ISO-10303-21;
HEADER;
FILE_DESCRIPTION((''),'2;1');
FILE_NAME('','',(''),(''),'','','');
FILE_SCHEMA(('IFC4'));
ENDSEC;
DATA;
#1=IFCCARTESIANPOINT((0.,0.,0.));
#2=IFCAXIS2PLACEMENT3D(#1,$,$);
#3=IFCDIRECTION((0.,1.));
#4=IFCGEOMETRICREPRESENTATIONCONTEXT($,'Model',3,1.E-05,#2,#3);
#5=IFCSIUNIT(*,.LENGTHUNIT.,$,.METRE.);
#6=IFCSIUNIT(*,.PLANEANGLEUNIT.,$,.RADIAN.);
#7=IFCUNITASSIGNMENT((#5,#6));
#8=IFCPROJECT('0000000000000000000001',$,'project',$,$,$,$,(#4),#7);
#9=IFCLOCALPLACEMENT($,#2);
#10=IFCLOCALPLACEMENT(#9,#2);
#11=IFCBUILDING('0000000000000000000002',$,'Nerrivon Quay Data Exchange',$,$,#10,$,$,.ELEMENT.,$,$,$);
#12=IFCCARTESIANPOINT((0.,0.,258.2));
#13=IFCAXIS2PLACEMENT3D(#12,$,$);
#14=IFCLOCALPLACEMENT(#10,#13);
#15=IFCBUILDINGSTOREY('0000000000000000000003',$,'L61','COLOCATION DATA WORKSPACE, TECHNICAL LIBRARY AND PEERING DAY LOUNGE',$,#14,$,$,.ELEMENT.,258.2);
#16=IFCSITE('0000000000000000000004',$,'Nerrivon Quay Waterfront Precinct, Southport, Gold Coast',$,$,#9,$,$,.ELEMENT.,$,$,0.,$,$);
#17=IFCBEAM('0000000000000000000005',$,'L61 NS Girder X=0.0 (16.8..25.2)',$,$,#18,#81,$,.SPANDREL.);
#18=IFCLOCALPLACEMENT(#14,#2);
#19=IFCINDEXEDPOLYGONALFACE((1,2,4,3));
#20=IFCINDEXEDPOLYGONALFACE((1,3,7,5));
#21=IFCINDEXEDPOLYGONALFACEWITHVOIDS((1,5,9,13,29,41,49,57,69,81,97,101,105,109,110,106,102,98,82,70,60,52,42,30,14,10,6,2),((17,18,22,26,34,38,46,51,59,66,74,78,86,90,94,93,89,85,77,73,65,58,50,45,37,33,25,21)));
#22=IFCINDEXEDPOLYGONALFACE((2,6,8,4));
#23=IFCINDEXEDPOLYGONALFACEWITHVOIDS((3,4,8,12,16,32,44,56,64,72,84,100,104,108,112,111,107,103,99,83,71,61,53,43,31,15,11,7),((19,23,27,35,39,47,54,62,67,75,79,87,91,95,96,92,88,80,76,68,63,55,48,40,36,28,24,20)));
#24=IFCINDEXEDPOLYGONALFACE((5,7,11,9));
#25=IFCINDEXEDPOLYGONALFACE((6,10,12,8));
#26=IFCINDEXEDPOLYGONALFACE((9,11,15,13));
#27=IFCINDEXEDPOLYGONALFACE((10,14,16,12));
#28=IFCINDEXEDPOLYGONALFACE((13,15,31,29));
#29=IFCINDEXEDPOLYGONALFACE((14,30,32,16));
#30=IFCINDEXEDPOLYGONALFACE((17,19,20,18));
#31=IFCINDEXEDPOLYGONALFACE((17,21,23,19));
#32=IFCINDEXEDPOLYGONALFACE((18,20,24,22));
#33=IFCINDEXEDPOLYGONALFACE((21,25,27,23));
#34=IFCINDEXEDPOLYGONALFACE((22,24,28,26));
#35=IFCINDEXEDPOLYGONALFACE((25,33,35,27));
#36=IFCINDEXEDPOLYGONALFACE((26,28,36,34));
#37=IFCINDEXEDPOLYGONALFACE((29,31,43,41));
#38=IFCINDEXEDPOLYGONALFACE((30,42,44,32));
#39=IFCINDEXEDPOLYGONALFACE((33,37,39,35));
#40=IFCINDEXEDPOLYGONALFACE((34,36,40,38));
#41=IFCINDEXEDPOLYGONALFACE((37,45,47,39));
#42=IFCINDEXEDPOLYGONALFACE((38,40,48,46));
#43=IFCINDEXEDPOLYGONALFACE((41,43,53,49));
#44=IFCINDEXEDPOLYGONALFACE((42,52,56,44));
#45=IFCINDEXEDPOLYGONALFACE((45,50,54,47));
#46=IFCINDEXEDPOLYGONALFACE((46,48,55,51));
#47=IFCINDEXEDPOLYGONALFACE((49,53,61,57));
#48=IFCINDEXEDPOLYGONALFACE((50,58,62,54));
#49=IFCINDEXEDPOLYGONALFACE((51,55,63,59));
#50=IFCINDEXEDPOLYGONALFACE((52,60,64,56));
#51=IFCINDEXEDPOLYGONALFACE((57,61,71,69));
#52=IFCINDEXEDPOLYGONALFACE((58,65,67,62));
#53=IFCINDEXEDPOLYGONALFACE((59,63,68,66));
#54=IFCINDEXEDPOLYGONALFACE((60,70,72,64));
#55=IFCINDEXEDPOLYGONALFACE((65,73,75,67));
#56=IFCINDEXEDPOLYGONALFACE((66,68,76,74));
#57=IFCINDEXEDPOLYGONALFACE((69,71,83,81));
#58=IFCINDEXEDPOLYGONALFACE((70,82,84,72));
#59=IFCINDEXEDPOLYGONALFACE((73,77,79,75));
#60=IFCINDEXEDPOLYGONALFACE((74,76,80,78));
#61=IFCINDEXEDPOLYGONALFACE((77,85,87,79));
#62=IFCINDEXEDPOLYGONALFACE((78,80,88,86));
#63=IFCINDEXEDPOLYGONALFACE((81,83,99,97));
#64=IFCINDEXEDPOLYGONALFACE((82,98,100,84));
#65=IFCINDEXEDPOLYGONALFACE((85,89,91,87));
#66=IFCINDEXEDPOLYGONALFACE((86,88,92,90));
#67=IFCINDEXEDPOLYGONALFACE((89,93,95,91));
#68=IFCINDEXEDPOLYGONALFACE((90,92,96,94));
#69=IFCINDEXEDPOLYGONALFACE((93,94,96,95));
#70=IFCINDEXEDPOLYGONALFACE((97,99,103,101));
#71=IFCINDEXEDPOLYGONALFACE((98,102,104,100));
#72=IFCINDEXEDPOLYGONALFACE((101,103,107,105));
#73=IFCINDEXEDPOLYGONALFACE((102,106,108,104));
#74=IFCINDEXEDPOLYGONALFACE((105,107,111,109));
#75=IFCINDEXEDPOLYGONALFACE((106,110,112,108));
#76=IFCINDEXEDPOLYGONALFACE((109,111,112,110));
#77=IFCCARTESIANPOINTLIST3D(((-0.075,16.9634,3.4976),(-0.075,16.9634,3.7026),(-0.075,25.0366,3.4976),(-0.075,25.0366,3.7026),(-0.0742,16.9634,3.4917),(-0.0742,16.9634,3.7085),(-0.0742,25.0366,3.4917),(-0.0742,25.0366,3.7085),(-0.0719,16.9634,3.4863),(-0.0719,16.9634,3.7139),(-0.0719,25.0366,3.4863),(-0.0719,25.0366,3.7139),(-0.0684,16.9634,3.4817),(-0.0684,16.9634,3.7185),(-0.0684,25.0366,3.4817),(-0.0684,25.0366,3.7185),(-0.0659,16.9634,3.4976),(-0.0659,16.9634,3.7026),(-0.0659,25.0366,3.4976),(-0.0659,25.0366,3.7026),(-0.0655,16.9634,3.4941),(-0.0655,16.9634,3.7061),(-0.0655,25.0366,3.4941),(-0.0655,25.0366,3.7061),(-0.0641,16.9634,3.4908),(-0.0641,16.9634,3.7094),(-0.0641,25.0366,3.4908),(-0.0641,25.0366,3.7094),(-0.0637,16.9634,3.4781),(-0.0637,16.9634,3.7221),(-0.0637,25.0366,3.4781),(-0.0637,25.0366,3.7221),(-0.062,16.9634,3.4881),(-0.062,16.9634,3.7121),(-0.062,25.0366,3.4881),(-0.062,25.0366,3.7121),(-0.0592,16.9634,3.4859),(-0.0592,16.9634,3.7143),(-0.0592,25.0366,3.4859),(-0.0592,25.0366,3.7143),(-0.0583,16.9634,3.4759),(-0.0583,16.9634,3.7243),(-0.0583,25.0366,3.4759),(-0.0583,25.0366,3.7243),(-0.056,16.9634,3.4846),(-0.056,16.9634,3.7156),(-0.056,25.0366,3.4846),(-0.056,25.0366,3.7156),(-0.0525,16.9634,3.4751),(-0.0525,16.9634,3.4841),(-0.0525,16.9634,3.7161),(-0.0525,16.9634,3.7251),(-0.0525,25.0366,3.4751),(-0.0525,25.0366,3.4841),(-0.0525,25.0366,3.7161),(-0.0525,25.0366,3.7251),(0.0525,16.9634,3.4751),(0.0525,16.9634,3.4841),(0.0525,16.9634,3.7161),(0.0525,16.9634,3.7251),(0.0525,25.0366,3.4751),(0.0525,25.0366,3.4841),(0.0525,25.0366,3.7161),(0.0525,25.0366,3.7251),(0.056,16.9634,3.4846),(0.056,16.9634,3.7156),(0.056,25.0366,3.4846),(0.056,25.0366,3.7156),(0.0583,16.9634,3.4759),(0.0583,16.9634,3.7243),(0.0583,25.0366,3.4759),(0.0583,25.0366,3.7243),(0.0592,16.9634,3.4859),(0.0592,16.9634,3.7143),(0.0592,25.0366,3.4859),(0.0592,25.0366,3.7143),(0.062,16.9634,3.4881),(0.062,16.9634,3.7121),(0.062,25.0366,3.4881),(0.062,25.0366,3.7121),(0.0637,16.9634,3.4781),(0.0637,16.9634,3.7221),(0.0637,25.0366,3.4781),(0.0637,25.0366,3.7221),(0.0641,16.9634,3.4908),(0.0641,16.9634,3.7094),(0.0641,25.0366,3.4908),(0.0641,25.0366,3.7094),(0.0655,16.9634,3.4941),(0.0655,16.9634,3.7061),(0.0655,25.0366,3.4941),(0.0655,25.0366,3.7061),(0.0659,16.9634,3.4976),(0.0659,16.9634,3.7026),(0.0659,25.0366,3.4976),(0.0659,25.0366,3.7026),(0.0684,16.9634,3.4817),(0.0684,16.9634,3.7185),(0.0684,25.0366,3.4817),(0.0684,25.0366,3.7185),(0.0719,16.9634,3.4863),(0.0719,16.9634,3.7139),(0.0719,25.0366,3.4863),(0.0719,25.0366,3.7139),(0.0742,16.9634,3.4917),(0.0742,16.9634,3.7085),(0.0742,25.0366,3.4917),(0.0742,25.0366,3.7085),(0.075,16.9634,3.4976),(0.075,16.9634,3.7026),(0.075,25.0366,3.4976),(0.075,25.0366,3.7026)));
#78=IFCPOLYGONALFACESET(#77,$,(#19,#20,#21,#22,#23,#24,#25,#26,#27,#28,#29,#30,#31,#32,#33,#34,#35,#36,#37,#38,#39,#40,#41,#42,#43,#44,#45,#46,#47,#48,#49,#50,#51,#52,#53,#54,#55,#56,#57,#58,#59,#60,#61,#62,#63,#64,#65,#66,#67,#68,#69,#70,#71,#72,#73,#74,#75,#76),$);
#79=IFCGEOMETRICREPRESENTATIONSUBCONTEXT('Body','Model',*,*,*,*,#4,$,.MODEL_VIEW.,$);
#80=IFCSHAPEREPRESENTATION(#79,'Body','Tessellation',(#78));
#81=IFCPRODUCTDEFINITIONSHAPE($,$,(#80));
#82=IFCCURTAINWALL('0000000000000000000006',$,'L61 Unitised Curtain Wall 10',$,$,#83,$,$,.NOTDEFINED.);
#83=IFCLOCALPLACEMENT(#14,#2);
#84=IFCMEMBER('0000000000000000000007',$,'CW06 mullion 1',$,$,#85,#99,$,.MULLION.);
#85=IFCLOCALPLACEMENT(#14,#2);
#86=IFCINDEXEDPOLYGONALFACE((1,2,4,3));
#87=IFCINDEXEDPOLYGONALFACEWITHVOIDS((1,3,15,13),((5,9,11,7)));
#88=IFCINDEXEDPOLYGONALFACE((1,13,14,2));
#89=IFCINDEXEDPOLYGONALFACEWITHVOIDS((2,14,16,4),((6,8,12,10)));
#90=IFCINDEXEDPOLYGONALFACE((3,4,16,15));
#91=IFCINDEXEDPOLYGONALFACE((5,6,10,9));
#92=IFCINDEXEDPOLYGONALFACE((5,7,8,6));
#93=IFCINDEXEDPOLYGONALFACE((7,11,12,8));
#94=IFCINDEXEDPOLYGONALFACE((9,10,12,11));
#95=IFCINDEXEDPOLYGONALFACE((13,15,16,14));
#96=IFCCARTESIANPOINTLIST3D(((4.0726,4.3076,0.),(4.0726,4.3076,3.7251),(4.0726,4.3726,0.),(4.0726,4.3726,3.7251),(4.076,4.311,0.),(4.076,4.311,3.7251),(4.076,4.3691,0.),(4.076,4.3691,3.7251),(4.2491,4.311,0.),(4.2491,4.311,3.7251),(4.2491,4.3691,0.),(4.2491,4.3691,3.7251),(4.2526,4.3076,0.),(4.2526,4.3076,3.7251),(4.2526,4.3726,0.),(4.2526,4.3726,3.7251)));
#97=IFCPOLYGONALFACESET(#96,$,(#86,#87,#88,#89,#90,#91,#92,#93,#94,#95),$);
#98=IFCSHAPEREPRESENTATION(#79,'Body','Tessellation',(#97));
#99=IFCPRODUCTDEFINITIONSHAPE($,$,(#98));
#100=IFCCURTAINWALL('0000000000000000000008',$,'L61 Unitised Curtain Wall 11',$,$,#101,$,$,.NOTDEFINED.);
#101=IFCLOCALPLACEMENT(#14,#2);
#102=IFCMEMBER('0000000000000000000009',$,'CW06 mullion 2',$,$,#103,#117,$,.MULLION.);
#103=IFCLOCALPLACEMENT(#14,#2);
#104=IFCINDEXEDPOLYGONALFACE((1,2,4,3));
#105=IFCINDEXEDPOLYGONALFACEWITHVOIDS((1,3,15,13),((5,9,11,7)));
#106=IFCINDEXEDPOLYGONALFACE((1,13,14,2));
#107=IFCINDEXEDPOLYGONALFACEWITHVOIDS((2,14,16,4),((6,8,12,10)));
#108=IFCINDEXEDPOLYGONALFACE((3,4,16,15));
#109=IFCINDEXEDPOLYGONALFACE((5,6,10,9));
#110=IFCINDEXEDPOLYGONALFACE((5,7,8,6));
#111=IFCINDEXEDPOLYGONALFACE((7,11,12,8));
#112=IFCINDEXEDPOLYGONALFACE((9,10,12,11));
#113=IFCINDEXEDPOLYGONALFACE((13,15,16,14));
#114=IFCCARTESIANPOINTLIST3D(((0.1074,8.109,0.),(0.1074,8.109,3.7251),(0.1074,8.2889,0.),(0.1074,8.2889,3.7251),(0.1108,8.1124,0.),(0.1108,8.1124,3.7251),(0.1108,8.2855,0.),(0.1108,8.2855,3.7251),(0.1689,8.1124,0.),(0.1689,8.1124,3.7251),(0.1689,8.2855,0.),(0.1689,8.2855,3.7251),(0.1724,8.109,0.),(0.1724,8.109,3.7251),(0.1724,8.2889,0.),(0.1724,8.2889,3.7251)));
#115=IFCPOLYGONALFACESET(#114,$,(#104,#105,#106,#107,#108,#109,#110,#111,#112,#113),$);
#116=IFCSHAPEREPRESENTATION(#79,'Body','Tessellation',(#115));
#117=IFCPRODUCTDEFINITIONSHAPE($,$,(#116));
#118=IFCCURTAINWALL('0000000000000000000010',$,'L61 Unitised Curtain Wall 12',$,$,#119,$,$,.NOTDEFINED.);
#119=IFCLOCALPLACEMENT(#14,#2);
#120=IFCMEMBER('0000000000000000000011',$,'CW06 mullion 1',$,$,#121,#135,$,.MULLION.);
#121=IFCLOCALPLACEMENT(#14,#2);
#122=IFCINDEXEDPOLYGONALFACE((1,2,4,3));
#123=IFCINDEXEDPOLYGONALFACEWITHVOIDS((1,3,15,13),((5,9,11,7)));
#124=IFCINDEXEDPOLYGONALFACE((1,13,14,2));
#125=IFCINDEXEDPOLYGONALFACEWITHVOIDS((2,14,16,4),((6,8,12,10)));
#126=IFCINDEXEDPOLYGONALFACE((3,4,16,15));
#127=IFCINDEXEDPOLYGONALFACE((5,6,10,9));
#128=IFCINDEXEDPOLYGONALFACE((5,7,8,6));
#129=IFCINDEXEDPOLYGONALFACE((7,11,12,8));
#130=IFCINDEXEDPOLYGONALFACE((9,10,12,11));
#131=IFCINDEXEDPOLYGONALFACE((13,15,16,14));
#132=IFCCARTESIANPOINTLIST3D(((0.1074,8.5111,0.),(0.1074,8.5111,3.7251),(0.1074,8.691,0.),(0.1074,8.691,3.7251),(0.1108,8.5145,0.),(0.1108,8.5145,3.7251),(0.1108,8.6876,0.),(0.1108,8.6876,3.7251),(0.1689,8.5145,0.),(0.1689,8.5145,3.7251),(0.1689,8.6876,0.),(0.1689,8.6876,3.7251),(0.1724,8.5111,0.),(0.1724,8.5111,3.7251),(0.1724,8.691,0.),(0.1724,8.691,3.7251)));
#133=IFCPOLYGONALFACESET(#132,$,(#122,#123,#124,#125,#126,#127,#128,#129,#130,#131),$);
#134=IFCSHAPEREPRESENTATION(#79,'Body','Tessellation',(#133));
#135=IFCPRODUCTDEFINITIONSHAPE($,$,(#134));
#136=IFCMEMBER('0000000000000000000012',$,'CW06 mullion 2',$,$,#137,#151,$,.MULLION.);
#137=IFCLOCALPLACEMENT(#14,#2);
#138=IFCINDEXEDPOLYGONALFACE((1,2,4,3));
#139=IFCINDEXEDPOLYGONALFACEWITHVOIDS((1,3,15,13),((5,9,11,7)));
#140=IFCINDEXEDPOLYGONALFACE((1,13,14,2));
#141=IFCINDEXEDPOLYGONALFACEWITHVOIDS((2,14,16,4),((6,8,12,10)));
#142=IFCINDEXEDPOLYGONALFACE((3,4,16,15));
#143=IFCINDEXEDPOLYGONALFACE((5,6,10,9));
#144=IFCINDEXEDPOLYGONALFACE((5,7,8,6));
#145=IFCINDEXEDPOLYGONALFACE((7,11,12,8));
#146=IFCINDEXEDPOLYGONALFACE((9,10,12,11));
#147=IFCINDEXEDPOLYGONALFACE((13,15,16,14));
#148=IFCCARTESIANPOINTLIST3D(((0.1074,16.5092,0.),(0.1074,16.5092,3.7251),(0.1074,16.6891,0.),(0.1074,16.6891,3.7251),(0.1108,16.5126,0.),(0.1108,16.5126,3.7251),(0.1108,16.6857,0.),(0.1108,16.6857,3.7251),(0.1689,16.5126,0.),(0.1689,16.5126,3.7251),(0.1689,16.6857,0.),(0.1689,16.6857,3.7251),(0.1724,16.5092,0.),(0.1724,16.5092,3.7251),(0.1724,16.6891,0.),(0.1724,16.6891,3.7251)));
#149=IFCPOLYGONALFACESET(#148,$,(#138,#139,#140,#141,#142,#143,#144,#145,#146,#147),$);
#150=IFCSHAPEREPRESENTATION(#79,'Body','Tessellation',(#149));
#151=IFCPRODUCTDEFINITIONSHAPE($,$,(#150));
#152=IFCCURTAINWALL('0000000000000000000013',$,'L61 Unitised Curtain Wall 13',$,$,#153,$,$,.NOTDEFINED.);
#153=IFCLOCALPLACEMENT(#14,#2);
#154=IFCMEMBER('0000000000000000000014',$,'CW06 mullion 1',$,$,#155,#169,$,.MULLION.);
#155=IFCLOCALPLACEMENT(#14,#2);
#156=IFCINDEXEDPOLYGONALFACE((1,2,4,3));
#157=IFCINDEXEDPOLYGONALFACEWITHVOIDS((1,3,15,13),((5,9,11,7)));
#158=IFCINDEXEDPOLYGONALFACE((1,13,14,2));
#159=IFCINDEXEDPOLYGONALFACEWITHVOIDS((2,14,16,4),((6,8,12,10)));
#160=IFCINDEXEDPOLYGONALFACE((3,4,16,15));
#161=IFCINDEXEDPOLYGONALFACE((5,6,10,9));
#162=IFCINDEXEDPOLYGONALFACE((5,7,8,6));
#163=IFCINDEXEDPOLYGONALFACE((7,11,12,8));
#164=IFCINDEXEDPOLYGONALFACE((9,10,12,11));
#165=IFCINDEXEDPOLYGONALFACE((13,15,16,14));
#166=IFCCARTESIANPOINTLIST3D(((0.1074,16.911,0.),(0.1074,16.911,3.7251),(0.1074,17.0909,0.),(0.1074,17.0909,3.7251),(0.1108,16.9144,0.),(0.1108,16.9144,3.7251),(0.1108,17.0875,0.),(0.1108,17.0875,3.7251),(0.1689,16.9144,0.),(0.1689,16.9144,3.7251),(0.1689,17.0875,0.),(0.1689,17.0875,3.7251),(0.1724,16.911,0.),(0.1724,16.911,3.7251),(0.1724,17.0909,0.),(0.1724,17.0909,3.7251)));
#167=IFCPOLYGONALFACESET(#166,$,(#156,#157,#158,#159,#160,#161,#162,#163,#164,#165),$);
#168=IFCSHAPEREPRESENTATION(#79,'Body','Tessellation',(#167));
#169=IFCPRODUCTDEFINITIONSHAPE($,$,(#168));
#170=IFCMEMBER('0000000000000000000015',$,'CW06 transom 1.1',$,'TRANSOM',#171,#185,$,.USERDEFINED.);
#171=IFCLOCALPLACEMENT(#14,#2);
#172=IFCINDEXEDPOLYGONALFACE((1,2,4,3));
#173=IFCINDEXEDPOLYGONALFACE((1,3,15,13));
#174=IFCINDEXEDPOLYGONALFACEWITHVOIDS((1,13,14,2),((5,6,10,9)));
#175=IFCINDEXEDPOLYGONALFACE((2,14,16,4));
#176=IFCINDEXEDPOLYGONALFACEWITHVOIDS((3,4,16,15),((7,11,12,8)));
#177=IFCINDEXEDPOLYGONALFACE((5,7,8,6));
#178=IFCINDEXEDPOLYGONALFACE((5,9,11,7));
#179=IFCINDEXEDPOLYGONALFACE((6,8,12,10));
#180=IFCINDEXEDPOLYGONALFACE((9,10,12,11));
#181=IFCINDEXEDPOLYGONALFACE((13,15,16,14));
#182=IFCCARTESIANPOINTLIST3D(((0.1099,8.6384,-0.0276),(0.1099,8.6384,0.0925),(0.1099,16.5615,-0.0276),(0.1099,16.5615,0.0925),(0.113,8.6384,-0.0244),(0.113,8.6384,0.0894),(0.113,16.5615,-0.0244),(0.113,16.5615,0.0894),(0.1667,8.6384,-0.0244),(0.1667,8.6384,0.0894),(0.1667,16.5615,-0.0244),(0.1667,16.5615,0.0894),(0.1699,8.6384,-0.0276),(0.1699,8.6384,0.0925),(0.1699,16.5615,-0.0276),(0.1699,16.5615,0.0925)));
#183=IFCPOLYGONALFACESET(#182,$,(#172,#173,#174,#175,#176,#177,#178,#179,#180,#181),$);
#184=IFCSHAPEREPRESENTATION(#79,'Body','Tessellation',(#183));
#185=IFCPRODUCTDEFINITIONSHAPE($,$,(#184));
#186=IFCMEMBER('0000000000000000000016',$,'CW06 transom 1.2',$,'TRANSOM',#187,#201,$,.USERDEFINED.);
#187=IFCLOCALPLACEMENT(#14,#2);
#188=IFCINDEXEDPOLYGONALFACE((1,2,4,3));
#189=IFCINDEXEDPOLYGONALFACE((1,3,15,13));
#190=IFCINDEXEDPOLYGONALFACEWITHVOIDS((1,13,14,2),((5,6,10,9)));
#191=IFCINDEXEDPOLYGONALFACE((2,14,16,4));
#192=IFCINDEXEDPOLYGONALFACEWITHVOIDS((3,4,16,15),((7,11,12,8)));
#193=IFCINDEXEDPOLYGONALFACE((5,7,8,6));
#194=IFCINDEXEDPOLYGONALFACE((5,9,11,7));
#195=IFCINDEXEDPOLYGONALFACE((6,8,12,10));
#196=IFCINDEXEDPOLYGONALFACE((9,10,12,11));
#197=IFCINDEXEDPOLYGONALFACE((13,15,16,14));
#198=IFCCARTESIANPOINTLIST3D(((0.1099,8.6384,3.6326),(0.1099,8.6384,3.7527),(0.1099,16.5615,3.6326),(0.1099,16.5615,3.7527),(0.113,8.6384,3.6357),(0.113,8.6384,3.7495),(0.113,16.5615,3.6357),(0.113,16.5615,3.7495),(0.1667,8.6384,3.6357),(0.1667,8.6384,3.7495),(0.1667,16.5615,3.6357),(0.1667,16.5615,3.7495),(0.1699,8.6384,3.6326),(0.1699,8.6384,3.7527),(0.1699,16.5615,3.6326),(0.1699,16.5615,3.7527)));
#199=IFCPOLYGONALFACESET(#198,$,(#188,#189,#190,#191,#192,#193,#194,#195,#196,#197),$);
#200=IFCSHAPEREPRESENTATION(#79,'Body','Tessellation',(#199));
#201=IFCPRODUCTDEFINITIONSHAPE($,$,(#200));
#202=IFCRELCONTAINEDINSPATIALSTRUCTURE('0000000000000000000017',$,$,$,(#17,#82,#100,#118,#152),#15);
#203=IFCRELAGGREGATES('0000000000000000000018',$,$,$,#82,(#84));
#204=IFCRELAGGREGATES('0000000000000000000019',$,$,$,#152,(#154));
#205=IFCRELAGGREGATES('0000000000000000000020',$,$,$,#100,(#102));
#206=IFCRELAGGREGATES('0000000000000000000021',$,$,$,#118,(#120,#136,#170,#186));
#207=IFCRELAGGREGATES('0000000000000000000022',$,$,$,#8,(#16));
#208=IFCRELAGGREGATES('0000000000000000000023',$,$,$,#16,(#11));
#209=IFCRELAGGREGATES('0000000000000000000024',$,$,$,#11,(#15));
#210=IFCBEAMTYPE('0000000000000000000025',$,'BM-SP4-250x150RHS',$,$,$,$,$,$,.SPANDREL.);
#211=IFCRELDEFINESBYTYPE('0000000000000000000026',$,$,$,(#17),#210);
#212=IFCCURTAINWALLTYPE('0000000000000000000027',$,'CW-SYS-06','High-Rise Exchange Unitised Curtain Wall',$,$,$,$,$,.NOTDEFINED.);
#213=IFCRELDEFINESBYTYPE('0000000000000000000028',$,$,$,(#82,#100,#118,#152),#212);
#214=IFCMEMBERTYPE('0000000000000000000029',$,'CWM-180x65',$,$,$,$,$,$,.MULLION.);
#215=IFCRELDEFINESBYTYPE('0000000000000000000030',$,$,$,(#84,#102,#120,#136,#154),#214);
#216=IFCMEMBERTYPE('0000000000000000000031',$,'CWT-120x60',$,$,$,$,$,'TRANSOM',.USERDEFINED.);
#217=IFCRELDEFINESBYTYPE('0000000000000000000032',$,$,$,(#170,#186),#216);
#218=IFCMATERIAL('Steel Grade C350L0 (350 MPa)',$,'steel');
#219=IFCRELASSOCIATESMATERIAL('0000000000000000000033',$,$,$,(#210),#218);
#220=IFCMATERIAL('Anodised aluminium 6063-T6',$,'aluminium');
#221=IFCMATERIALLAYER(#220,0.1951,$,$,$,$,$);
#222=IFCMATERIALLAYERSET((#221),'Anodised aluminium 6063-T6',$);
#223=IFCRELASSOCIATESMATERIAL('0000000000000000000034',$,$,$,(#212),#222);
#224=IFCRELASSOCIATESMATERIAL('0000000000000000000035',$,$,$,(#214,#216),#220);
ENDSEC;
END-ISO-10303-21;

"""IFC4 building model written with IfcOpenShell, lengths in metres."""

from ifc_helpers import new_model, si_unit, direction, frame, origin, origin_2d, place, context, subcontext, project, spatial, hollow_rectangle, extrude, material, layer, layer_set, material_profile, profile_set, type_object, element, aggregate, save


model = new_model("IFC4")

# Units and contexts
model_context = context("Model", 3, precision=1e-05, world=origin(), true_north=direction((0.0, 1.0)))
body_context = subcontext(model_context, "Body", "Model", "MODEL_VIEW")
ifc_project = project(units=[si_unit("LENGTHUNIT", "METRE"), si_unit("PLANEANGLEUNIT", "RADIAN")], contexts=[model_context])

# Site, building, storey
site_placement = place(None, origin())
site = spatial("IfcSite", under=ifc_project, at=site_placement, Name="Nerrivon Quay Waterfront Precinct, Southport, Gold Coast", CompositionType="ELEMENT", RefElevation=0.0)
building_placement = place(site_placement, origin())
building = spatial("IfcBuilding", under=site, at=building_placement, Name="Nerrivon Quay Data Exchange", CompositionType="ELEMENT")
storey_placement = place(building_placement, frame((0.0, 0.0, 258.2)))
storey = spatial("IfcBuildingStorey", under=building, at=storey_placement, Name="L61", Description="COLOCATION DATA WORKSPACE, TECHNICAL LIBRARY AND PEERING DAY LOUNGE", CompositionType="ELEMENT", Elevation=258.2)

# Beam
ifc_material_1 = material(Name="Steel Grade C350L0 (350 MPa)", Category="steel")
ifc_material_profile_1 = material_profile(ifc_material_1, hollow_rectangle(XDim=0.1499, YDim=0.25, WallThickness=0.009, InnerFilletRadius=0.0134, OuterFilletRadius=0.0225, at=origin_2d()), Name="250x150x9.0RHS")
ifc_profile_set_1 = profile_set([ifc_material_profile_1], Name="Steel Grade C350L0 (350 MPa)")
beam_type_1 = type_object("IfcBeamType", Name="BM-SP4-250x150RHS", PredefinedType="SPANDREL", material=ifc_profile_set_1)
beam_1_placement = place(storey_placement, frame((0.0, 16.9634, 3.6001), z_axis=(0.0, 1.0, 0.0), x_axis=(-1.0, 0.0, 0.0)))
element("IfcBeam", 1, at=beam_1_placement, inside=storey, type_object=beam_type_1, Name="L61 NS Girder X=0.0 (16.8..25.2)", PredefinedType="SPANDREL", context=body_context, shape_type="SweptSolid", body=[
    extrude(hollow_rectangle(XDim=0.1499, YDim=0.25, WallThickness=0.009, InnerFilletRadius=0.0134, OuterFilletRadius=0.0225, at=origin_2d()), origin(), (0.0, 0.0, 1.0), 8.0732),
])

# Curtain walls, members
ifc_material_2 = material(Name="Anodised aluminium 6063-T6", Category="aluminium")
ifc_layer_1 = layer(ifc_material_2, 0.1951)
ifc_layer_set_1 = layer_set([ifc_layer_1], Name="Anodised aluminium 6063-T6")
curtain_wall_type = type_object("IfcCurtainWallType", Name="CW-SYS-06", Description="High-Rise Exchange Unitised Curtain Wall", PredefinedType="NOTDEFINED", material=ifc_layer_set_1)
curtain_wall_1_placement = place(storey_placement, origin())
curtain_wall_1 = element("IfcCurtainWall", 2, at=curtain_wall_1_placement, inside=storey, type_object=curtain_wall_type, Name="L61 Unitised Curtain Wall 10", PredefinedType="NOTDEFINED")
ifc_material_profile_2 = material_profile(ifc_material_2, hollow_rectangle(XDim=0.0649, YDim=0.1799, WallThickness=0.0034, at=origin_2d()), Name="ALU-MULL-180x65")
ifc_profile_set_2 = profile_set([ifc_material_profile_2], Name="Anodised aluminium 6063-T6")
member_type_1 = type_object("IfcMemberType", Name="CWM-180x65", PredefinedType="MULLION", material=ifc_profile_set_2)
member_1_placement = place(storey_placement, frame((4.1626, 4.3401, 0.0), z_axis=(0.0, 0.0, 1.0), x_axis=(0.0, -1.0, 0.0)))
member_1 = element("IfcMember", 3, at=member_1_placement, type_object=member_type_1, Name="CW06 mullion 1", PredefinedType="MULLION", context=body_context, shape_type="SweptSolid", body=[
    extrude(hollow_rectangle(XDim=0.0649, YDim=0.1799, WallThickness=0.0034, at=origin_2d()), origin(), (0.0, 0.0, 1.0), 3.7251),
])
aggregate(curtain_wall_1, [member_1])
curtain_wall_2_placement = place(storey_placement, origin())
curtain_wall_2 = element("IfcCurtainWall", 4, at=curtain_wall_2_placement, inside=storey, type_object=curtain_wall_type, Name="L61 Unitised Curtain Wall 11", PredefinedType="NOTDEFINED")
member_2_placement = place(storey_placement, frame((0.1399, 8.199, 0.0), z_axis=(0.0, 0.0, 1.0), x_axis=(-1.0, 0.0, 0.0)))
member_2 = element("IfcMember", 5, at=member_2_placement, type_object=member_type_1, Name="CW06 mullion 2", PredefinedType="MULLION", context=body_context, shape_type="SweptSolid", body=[
    extrude(hollow_rectangle(XDim=0.0649, YDim=0.1799, WallThickness=0.0034, at=origin_2d()), origin(), (0.0, 0.0, 1.0), 3.7251),
])

# Curtain wall, members
curtain_wall_3_placement = place(storey_placement, origin())
curtain_wall_3 = element("IfcCurtainWall", 6, at=curtain_wall_3_placement, inside=storey, type_object=curtain_wall_type, Name="L61 Unitised Curtain Wall 12", PredefinedType="NOTDEFINED")
member_3_placement = place(storey_placement, frame((0.1399, 8.6011, 0.0), z_axis=(0.0, 0.0, 1.0), x_axis=(-1.0, 0.0, 0.0)))
member_3 = element("IfcMember", 7, at=member_3_placement, type_object=member_type_1, Name="CW06 mullion 1", PredefinedType="MULLION", context=body_context, shape_type="SweptSolid", body=[
    extrude(hollow_rectangle(XDim=0.0649, YDim=0.1799, WallThickness=0.0034, at=origin_2d()), origin(), (0.0, 0.0, 1.0), 3.7251),
])
member_4_placement = place(storey_placement, frame((0.1399, 16.5991, 0.0), z_axis=(0.0, 0.0, 1.0), x_axis=(-1.0, 0.0, 0.0)))
member_4 = element("IfcMember", 8, at=member_4_placement, type_object=member_type_1, Name="CW06 mullion 2", PredefinedType="MULLION", context=body_context, shape_type="SweptSolid", body=[
    extrude(hollow_rectangle(XDim=0.0649, YDim=0.1799, WallThickness=0.0034, at=origin_2d()), origin(), (0.0, 0.0, 1.0), 3.7251),
])

# Curtain wall, member
curtain_wall_4_placement = place(storey_placement, origin())
curtain_wall_4 = element("IfcCurtainWall", 9, at=curtain_wall_4_placement, inside=storey, type_object=curtain_wall_type, Name="L61 Unitised Curtain Wall 13", PredefinedType="NOTDEFINED")
member_5_placement = place(storey_placement, frame((0.1399, 17.001, 0.0), z_axis=(0.0, 0.0, 1.0), x_axis=(-1.0, 0.0, 0.0)))
member_5 = element("IfcMember", 10, at=member_5_placement, type_object=member_type_1, Name="CW06 mullion 1", PredefinedType="MULLION", context=body_context, shape_type="SweptSolid", body=[
    extrude(hollow_rectangle(XDim=0.0649, YDim=0.1799, WallThickness=0.0034, at=origin_2d()), origin(), (0.0, 0.0, 1.0), 3.7251),
])

# Members
ifc_material_profile_3 = material_profile(ifc_material_2, hollow_rectangle(XDim=0.0601, YDim=0.1201, WallThickness=0.0032, at=origin_2d()), Name="ALU-TRAN-120x60")
ifc_profile_set_3 = profile_set([ifc_material_profile_3], Name="Anodised aluminium 6063-T6")
member_type_2 = type_object("IfcMemberType", Name="CWT-120x60", ElementType="TRANSOM", PredefinedType="USERDEFINED", material=ifc_profile_set_3)
member_6_placement = place(storey_placement, frame((0.1399, 8.6384, 0.0325), z_axis=(0.0, 1.0, 0.0), x_axis=(-1.0, 0.0, 0.0)))
member_6 = element("IfcMember", 11, at=member_6_placement, type_object=member_type_2, Name="CW06 transom 1.1", ObjectType="TRANSOM", PredefinedType="USERDEFINED", context=body_context, shape_type="SweptSolid", body=[
    extrude(hollow_rectangle(XDim=0.0601, YDim=0.1201, WallThickness=0.0032, at=origin_2d()), origin(), (0.0, 0.0, 1.0), 7.9231),
])
member_7_placement = place(storey_placement, frame((0.1399, 8.6384, 3.6926), z_axis=(0.0, 1.0, 0.0), x_axis=(-1.0, 0.0, 0.0)))
member_7 = element("IfcMember", 12, at=member_7_placement, type_object=member_type_2, Name="CW06 transom 1.2", ObjectType="TRANSOM", PredefinedType="USERDEFINED", context=body_context, shape_type="SweptSolid", body=[
    extrude(hollow_rectangle(XDim=0.0601, YDim=0.1201, WallThickness=0.0032, at=origin_2d()), origin(), (0.0, 0.0, 1.0), 7.9231),
])
aggregate(curtain_wall_4, [member_5])

aggregate(curtain_wall_2, [member_2])
aggregate(curtain_wall_3, [member_3, member_4, member_6, member_7])

save(model, "model.ifc")
